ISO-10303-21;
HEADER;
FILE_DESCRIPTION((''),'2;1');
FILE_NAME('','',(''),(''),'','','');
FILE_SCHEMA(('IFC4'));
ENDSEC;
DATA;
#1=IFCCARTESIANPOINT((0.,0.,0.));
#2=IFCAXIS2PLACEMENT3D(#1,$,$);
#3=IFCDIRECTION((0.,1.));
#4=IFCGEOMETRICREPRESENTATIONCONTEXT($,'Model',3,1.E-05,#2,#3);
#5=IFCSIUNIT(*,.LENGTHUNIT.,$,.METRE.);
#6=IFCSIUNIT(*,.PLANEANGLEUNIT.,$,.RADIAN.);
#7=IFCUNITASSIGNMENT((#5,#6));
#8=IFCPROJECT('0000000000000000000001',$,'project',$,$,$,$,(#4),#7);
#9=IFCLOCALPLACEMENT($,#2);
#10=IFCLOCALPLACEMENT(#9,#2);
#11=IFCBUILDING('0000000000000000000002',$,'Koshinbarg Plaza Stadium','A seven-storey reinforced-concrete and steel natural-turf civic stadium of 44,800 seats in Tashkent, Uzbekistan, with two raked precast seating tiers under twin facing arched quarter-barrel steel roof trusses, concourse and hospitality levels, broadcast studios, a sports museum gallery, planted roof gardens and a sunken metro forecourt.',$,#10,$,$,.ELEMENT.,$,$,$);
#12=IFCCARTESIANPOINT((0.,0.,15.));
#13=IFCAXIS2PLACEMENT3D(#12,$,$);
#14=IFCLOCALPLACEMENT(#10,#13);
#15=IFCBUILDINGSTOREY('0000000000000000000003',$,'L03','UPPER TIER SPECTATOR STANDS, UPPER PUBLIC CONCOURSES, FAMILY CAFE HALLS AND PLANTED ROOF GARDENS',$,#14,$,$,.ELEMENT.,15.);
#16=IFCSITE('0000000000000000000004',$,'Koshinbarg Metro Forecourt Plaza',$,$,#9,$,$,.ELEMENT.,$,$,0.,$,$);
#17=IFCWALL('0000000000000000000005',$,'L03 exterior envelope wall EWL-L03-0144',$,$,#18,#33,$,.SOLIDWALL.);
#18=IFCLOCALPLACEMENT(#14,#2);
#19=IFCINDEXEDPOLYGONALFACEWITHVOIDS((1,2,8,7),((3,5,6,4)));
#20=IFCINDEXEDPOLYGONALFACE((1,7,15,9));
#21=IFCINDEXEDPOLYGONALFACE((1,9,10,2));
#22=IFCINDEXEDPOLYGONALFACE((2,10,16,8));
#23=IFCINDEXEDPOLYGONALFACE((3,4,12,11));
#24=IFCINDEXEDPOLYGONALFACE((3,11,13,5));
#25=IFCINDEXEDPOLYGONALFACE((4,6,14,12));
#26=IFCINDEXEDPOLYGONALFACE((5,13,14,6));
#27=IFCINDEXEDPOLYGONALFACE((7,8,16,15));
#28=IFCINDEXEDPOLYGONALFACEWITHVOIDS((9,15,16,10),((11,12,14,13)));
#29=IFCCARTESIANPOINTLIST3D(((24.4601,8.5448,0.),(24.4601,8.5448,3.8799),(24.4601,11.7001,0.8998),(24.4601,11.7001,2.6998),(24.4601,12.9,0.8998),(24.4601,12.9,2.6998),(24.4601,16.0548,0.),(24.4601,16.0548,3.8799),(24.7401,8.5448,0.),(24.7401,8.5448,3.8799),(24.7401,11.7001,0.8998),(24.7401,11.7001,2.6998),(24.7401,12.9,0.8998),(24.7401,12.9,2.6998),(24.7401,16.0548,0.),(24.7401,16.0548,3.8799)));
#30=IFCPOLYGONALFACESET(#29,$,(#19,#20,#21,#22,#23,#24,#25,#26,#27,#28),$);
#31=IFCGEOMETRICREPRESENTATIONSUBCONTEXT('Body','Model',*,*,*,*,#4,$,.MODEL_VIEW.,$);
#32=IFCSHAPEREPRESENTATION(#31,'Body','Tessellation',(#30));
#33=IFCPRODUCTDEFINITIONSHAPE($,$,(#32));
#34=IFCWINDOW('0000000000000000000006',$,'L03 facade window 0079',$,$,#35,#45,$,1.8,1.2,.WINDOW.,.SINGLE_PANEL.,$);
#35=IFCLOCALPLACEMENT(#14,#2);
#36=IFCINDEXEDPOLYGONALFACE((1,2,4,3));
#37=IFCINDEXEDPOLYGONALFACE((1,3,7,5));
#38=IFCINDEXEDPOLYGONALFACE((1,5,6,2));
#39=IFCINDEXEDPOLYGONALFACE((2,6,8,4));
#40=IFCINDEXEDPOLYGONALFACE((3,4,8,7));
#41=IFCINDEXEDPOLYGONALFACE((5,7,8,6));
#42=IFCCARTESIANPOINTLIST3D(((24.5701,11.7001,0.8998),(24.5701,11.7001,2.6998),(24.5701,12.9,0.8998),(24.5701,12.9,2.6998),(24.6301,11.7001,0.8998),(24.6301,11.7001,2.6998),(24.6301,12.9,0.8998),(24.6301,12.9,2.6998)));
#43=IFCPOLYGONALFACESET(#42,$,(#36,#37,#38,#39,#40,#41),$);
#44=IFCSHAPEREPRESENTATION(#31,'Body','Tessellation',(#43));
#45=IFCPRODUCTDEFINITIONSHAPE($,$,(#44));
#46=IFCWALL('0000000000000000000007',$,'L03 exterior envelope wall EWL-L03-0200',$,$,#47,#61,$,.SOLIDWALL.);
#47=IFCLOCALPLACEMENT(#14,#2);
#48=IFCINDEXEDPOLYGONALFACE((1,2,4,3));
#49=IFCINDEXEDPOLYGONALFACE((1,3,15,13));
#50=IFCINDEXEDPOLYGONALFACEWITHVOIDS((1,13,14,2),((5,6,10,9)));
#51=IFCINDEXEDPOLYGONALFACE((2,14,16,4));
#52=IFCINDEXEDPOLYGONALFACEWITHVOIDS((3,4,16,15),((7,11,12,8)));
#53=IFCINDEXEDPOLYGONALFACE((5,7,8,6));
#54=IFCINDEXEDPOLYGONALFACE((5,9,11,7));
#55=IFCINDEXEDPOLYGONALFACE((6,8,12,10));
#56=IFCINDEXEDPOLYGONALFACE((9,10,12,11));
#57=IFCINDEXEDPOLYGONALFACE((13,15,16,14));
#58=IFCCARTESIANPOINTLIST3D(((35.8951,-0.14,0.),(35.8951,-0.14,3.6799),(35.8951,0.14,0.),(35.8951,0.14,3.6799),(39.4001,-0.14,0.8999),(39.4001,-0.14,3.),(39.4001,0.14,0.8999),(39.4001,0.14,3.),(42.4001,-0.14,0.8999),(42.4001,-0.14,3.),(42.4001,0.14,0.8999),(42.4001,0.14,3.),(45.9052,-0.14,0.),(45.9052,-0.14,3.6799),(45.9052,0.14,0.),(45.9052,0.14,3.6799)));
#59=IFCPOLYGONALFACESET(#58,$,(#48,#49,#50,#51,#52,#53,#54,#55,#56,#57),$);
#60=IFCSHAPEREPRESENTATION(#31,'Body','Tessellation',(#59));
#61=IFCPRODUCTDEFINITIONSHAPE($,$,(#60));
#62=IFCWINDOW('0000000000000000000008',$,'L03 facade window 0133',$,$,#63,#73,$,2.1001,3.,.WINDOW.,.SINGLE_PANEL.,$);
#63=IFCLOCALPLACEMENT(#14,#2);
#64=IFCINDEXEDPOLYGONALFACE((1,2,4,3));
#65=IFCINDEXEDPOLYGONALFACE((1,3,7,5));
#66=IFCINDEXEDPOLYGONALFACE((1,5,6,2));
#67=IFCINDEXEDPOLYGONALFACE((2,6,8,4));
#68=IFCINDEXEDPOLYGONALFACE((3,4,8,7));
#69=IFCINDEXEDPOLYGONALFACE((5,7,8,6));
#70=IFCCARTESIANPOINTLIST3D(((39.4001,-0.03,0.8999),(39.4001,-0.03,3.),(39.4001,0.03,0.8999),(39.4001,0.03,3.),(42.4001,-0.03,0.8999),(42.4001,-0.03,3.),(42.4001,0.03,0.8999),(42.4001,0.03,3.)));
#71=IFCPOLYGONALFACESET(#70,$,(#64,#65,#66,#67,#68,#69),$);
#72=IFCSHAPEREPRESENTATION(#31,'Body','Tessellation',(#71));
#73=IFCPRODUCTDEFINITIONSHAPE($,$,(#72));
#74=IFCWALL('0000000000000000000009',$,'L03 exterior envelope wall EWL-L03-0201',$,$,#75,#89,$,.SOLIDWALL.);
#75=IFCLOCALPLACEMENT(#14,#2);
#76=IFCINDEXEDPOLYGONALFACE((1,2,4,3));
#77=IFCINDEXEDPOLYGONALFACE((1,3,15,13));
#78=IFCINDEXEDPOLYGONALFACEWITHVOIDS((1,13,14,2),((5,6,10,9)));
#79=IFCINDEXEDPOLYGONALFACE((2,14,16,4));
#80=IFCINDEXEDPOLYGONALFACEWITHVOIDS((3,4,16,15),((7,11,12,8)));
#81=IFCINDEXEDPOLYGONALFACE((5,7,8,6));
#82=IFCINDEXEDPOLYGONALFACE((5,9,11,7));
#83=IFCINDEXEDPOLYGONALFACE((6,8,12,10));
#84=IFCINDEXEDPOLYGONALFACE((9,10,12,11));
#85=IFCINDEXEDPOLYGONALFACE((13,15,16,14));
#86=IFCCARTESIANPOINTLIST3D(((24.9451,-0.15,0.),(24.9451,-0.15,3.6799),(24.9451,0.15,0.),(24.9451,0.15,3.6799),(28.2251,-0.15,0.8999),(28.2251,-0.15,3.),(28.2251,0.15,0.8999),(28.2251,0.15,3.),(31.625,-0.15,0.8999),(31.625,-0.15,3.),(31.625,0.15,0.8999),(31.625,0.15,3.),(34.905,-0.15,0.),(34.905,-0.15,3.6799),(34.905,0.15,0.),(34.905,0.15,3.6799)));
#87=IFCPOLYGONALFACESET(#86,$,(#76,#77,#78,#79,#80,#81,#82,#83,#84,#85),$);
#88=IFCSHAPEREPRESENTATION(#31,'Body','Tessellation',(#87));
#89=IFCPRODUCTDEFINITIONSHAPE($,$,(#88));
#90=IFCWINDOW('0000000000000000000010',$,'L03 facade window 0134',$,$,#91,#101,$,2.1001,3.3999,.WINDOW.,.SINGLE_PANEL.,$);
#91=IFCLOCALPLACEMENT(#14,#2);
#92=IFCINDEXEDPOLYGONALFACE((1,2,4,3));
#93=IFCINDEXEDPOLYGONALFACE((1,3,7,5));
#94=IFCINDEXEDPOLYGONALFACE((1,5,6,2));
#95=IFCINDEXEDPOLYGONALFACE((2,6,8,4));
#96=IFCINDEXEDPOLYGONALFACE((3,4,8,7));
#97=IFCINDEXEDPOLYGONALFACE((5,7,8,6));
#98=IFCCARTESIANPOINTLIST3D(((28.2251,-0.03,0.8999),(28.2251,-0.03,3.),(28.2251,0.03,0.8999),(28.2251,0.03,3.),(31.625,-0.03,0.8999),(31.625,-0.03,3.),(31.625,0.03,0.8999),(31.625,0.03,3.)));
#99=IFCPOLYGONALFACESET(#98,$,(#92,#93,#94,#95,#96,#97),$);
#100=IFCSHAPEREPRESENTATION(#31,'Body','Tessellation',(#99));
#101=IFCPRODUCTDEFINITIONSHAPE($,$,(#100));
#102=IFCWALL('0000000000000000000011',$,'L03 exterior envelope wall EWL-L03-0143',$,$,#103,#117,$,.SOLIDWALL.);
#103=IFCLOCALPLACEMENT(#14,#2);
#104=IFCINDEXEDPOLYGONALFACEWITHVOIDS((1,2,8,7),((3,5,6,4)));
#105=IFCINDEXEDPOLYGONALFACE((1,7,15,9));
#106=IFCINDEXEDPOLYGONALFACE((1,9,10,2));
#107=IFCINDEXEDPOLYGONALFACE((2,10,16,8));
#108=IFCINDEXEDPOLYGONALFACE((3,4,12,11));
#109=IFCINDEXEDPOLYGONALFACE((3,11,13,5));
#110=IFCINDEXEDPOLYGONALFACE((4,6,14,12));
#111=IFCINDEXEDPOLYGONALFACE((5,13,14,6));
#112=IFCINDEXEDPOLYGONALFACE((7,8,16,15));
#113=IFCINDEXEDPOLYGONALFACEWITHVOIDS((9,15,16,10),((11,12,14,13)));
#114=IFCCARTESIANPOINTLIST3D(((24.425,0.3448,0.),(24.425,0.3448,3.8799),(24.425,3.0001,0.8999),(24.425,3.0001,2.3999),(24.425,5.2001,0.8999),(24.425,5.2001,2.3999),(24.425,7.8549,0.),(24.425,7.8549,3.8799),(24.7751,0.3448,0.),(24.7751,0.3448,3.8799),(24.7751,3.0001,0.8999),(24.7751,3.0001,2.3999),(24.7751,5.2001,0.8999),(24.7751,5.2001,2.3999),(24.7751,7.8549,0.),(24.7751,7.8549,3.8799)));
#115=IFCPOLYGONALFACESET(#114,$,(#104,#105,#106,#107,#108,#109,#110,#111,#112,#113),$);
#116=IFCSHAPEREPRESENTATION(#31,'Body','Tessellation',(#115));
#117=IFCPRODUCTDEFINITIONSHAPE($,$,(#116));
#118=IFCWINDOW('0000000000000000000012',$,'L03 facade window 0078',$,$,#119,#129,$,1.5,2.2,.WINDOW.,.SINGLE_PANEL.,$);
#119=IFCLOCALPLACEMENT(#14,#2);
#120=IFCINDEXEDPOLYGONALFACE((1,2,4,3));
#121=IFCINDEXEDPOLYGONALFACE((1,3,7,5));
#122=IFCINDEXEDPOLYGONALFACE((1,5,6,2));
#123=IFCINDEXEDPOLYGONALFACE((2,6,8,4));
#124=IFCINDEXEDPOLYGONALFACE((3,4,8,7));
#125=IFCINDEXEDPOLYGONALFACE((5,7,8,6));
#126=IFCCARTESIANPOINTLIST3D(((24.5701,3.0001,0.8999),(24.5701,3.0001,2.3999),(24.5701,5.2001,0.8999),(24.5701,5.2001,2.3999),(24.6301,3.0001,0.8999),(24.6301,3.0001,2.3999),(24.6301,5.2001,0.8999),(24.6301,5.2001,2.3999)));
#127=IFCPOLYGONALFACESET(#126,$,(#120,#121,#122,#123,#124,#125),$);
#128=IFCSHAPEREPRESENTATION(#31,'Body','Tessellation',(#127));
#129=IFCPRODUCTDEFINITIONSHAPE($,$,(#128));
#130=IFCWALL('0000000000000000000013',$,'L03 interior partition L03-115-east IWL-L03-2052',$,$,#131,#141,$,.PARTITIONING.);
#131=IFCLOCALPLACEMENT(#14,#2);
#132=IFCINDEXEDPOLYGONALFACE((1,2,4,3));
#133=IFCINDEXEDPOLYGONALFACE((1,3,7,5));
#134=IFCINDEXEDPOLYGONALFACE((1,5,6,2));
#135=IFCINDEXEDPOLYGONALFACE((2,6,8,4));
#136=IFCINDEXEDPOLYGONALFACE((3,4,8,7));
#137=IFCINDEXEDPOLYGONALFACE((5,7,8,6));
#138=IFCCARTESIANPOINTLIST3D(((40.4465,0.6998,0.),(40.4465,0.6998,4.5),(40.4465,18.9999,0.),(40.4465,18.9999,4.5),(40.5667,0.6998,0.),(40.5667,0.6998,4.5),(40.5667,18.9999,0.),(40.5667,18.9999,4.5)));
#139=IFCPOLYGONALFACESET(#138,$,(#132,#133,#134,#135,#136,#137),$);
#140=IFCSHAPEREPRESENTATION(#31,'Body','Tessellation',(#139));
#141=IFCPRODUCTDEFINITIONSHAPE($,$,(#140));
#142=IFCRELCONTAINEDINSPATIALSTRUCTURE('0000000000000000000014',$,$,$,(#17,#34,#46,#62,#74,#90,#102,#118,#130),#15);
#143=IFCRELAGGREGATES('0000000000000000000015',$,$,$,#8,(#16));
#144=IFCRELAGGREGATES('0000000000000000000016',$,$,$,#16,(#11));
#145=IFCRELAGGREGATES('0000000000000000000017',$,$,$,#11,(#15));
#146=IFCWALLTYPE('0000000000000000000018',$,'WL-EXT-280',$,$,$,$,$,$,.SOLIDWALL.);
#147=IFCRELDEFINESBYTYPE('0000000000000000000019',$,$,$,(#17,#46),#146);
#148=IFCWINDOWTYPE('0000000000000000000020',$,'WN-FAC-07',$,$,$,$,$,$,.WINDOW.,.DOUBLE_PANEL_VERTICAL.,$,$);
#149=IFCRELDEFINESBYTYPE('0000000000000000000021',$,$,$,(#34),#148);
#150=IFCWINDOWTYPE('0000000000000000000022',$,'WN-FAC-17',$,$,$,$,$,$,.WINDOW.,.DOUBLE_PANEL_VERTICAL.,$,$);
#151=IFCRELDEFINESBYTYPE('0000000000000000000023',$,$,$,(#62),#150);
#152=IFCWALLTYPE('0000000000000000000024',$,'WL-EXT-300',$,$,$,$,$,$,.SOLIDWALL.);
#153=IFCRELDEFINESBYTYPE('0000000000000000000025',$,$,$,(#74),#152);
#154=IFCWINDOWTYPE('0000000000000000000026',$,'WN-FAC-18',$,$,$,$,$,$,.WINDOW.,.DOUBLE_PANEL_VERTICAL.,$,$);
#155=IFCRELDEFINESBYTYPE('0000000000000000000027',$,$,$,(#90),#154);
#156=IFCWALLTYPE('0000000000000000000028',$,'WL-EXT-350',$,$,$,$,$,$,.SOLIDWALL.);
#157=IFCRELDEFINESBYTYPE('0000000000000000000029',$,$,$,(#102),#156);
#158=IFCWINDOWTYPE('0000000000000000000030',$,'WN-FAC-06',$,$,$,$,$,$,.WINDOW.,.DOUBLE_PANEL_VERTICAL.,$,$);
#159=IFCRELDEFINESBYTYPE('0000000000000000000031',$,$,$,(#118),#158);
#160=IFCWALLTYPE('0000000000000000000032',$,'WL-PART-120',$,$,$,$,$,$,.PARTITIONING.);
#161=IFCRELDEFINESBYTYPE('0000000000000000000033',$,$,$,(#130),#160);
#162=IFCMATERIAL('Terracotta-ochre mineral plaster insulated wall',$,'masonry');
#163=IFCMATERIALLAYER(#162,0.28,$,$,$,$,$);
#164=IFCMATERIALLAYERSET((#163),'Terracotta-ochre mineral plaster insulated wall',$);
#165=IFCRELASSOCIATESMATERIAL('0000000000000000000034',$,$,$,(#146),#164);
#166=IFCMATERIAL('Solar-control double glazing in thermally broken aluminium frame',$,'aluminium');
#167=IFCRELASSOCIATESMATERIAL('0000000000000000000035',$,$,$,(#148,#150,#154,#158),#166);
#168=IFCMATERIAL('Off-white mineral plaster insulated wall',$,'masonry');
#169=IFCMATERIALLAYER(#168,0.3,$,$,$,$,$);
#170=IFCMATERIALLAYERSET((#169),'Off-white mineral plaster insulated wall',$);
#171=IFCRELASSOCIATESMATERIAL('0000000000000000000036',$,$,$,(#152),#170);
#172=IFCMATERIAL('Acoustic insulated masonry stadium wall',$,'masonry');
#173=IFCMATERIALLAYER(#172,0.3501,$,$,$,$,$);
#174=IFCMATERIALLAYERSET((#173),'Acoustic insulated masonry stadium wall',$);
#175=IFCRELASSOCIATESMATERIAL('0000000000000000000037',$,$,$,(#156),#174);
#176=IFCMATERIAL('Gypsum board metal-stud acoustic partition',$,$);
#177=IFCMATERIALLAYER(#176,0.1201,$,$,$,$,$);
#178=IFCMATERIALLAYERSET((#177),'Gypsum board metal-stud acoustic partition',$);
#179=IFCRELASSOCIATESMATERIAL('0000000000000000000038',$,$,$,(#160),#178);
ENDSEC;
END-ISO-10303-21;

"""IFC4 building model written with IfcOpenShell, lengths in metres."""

from ifc_helpers import new_model, si_unit, direction, frame, frame_2d, origin, place, context, subcontext, project, spatial, rectangle, extrude, material, layer, layer_set, type_object, element, fill, save


model = new_model("IFC4")

# Units and contexts
model_context = context("Model", 3, precision=1e-05, world=origin(), true_north=direction((0.0, 1.0)))
body_context = subcontext(model_context, "Body", "Model", "MODEL_VIEW")
ifc_project = project(units=[si_unit("LENGTHUNIT", "METRE"), si_unit("PLANEANGLEUNIT", "RADIAN")], contexts=[model_context])

# Site, building, storey
site_placement = place(None, origin())
site = spatial("IfcSite", under=ifc_project, at=site_placement, Name="Koshinbarg Metro Forecourt Plaza", CompositionType="ELEMENT", RefElevation=0.0)
building_placement = place(site_placement, origin())
building = spatial("IfcBuilding", under=site, at=building_placement, Name="Koshinbarg Plaza Stadium", Description="A seven-storey reinforced-concrete and steel natural-turf civic stadium of 44,800 seats in Tashkent, Uzbekistan, with two raked precast seating tiers under twin facing arched quarter-barrel steel roof trusses, concourse and hospitality levels, broadcast studios, a sports museum gallery, planted roof gardens and a sunken metro forecourt.", CompositionType="ELEMENT")
storey_placement = place(building_placement, frame((0.0, 0.0, 15.0)))
storey = spatial("IfcBuildingStorey", under=building, at=storey_placement, Name="L03", Description="UPPER TIER SPECTATOR STANDS, UPPER PUBLIC CONCOURSES, FAMILY CAFE HALLS AND PLANTED ROOF GARDENS", CompositionType="ELEMENT", Elevation=15.0)

# Walls, openings, windows
ifc_material_1 = material(Name="Terracotta-ochre mineral plaster insulated wall", Category="masonry")
ifc_layer_1 = layer(ifc_material_1, 0.28)
ifc_layer_set_1 = layer_set([ifc_layer_1], Name="Terracotta-ochre mineral plaster insulated wall")
wall_type_1 = type_object("IfcWallType", Name="WL-EXT-280", PredefinedType="SOLIDWALL", material=ifc_layer_set_1)
wall_1_placement = place(storey_placement, frame((24.6001, 8.5449, 0.0), z_axis=(0.0, 0.0, 1.0), x_axis=(0.0, 1.0, 0.0)))
wall_1 = element("IfcWall", 1, at=wall_1_placement, inside=storey, type_object=wall_type_1, Name="L03 exterior envelope wall EWL-L03-0144", PredefinedType="SOLIDWALL", context=body_context, shape_type="SweptSolid", body=[
    extrude(rectangle(XDim=7.51, YDim=0.28, at=frame_2d((3.7549, 0.0))), origin(), (0.0, 0.0, 1.0), 3.8799),
])
opening_1_placement = place(wall_1_placement, frame((3.155, 0.0, 0.8999)))
opening_1 = element("IfcOpeningElement", 2, at=opening_1_placement, cuts=wall_1, PredefinedType="OPENING", context=body_context, shape_type="SweptSolid", body=[
    extrude(rectangle(XDim=1.2, YDim=1.8, at=frame_2d((0.6001, 0.8999))), frame((0.0, 0.1499, 0.0), z_axis=(0.0, -1.0, 0.0), x_axis=(1.0, 0.0, 0.0)), (0.0, 0.0, 1.0), 0.3),
])
ifc_material_2 = material(Name="Solar-control double glazing in thermally broken aluminium frame", Category="aluminium")
window_type_1 = type_object("IfcWindowType", Name="WN-FAC-07", PartitioningType="DOUBLE_PANEL_VERTICAL", PredefinedType="WINDOW", material=ifc_material_2)
window_1_placement = place(opening_1_placement, origin())
window_1 = element("IfcWindow", 3, at=window_1_placement, inside=storey, type_object=window_type_1, Name="L03 facade window 0079", OverallHeight=1.8, OverallWidth=1.2, PartitioningType="SINGLE_PANEL", PredefinedType="WINDOW", context=body_context, shape_type="SweptSolid", body=[
    extrude(rectangle(XDim=1.2, YDim=1.8, at=frame_2d((0.6001, 0.8999))), frame((0.0, 0.03, 0.0), z_axis=(0.0, -1.0, 0.0), x_axis=(1.0, 0.0, 0.0)), (0.0, 0.0, 1.0), 0.0601),
])
fill(opening_1, window_1)
wall_2_placement = place(storey_placement, frame((45.905, 0.0, 0.0), z_axis=(0.0, 0.0, 1.0), x_axis=(-1.0, 0.0, 0.0)))
wall_2 = element("IfcWall", 4, at=wall_2_placement, inside=storey, type_object=wall_type_1, Name="L03 exterior envelope wall EWL-L03-0200", PredefinedType="SOLIDWALL", context=body_context, shape_type="SweptSolid", body=[
    extrude(rectangle(XDim=10.01, YDim=0.28, at=frame_2d((5.0049, 0.0))), origin(), (0.0, 0.0, 1.0), 3.6799),
])
opening_2_placement = place(wall_2_placement, frame((3.5049, 0.0, 0.8999)))
opening_2 = element("IfcOpeningElement", 5, at=opening_2_placement, cuts=wall_2, PredefinedType="OPENING", context=body_context, shape_type="SweptSolid", body=[
    extrude(rectangle(XDim=3.0, YDim=2.1001, at=frame_2d((1.5, 1.05))), frame((0.0, 0.1499, 0.0), z_axis=(0.0, -1.0, 0.0), x_axis=(1.0, 0.0, 0.0)), (0.0, 0.0, 1.0), 0.3),
])
window_type_2 = type_object("IfcWindowType", Name="WN-FAC-17", PartitioningType="DOUBLE_PANEL_VERTICAL", PredefinedType="WINDOW", material=ifc_material_2)
window_2_placement = place(opening_2_placement, origin())
window_2 = element("IfcWindow", 6, at=window_2_placement, inside=storey, type_object=window_type_2, Name="L03 facade window 0133", OverallHeight=2.1001, OverallWidth=3.0, PartitioningType="SINGLE_PANEL", PredefinedType="WINDOW", context=body_context, shape_type="SweptSolid", body=[
    extrude(rectangle(XDim=3.0, YDim=2.1001, at=frame_2d((1.5, 1.05))), frame((0.0, 0.03, 0.0), z_axis=(0.0, -1.0, 0.0), x_axis=(1.0, 0.0, 0.0)), (0.0, 0.0, 1.0), 0.0601),
])
fill(opening_2, window_2)
ifc_material_3 = material(Name="Off-white mineral plaster insulated wall", Category="masonry")
ifc_layer_2 = layer(ifc_material_3, 0.3)
ifc_layer_set_2 = layer_set([ifc_layer_2], Name="Off-white mineral plaster insulated wall")
wall_type_2 = type_object("IfcWallType", Name="WL-EXT-300", PredefinedType="SOLIDWALL", material=ifc_layer_set_2)
wall_3_placement = place(storey_placement, frame((34.905, 0.0, 0.0), z_axis=(0.0, 0.0, 1.0), x_axis=(-1.0, 0.0, 0.0)))
wall_3 = element("IfcWall", 7, at=wall_3_placement, inside=storey, type_object=wall_type_2, Name="L03 exterior envelope wall EWL-L03-0201", PredefinedType="SOLIDWALL", context=body_context, shape_type="SweptSolid", body=[
    extrude(rectangle(XDim=9.96, YDim=0.3, at=frame_2d((4.98, 0.0))), origin(), (0.0, 0.0, 1.0), 3.6799),
])
opening_3_placement = place(wall_3_placement, frame((3.28, 0.0, 0.8999)))
opening_3 = element("IfcOpeningElement", 8, at=opening_3_placement, cuts=wall_3, PredefinedType="OPENING", context=body_context, shape_type="SweptSolid", body=[
    extrude(rectangle(XDim=3.3999, YDim=2.1001, at=frame_2d((1.7, 1.05))), frame((0.0, 0.1599, 0.0), z_axis=(0.0, -1.0, 0.0), x_axis=(1.0, 0.0, 0.0)), (0.0, 0.0, 1.0), 0.3201),
])
window_type_3 = type_object("IfcWindowType", Name="WN-FAC-18", PartitioningType="DOUBLE_PANEL_VERTICAL", PredefinedType="WINDOW", material=ifc_material_2)
window_3_placement = place(opening_3_placement, origin())
window_3 = element("IfcWindow", 9, at=window_3_placement, inside=storey, type_object=window_type_3, Name="L03 facade window 0134", OverallHeight=2.1001, OverallWidth=3.3999, PartitioningType="SINGLE_PANEL", PredefinedType="WINDOW", context=body_context, shape_type="SweptSolid", body=[
    extrude(rectangle(XDim=3.3999, YDim=2.1001, at=frame_2d((1.7, 1.05))), frame((0.0, 0.03, 0.0), z_axis=(0.0, -1.0, 0.0), x_axis=(1.0, 0.0, 0.0)), (0.0, 0.0, 1.0), 0.0601),
])
fill(opening_3, window_3)
ifc_material_4 = material(Name="Acoustic insulated masonry stadium wall", Category="masonry")
ifc_layer_3 = layer(ifc_material_4, 0.3501)
ifc_layer_set_3 = layer_set([ifc_layer_3], Name="Acoustic insulated masonry stadium wall")
wall_type_3 = type_object("IfcWallType", Name="WL-EXT-350", PredefinedType="SOLIDWALL", material=ifc_layer_set_3)
wall_4_placement = place(storey_placement, frame((24.6001, 0.345, 0.0), z_axis=(0.0, 0.0, 1.0), x_axis=(0.0, 1.0, 0.0)))
wall_4 = element("IfcWall", 10, at=wall_4_placement, inside=storey, type_object=wall_type_3, Name="L03 exterior envelope wall EWL-L03-0143", PredefinedType="SOLIDWALL", context=body_context, shape_type="SweptSolid", body=[
    extrude(rectangle(XDim=7.51, YDim=0.3501, at=frame_2d((3.7549, 0.0))), origin(), (0.0, 0.0, 1.0), 3.8799),
])
opening_4_placement = place(wall_4_placement, frame((2.655, 0.0, 0.8999)))
opening_4 = element("IfcOpeningElement", 11, at=opening_4_placement, cuts=wall_4, PredefinedType="OPENING", context=body_context, shape_type="SweptSolid", body=[
    extrude(rectangle(XDim=2.2, YDim=1.5, at=frame_2d((1.1001, 0.75))), frame((0.0, 0.1851, 0.0), z_axis=(0.0, -1.0, 0.0), x_axis=(1.0, 0.0, 0.0)), (0.0, 0.0, 1.0), 0.3701),
])
window_type_4 = type_object("IfcWindowType", Name="WN-FAC-06", PartitioningType="DOUBLE_PANEL_VERTICAL", PredefinedType="WINDOW", material=ifc_material_2)
window_4_placement = place(opening_4_placement, origin())
window_4 = element("IfcWindow", 12, at=window_4_placement, inside=storey, type_object=window_type_4, Name="L03 facade window 0078", OverallHeight=1.5, OverallWidth=2.2, PartitioningType="SINGLE_PANEL", PredefinedType="WINDOW", context=body_context, shape_type="SweptSolid", body=[
    extrude(rectangle(XDim=2.2, YDim=1.5, at=frame_2d((1.1001, 0.75))), frame((0.0, 0.03, 0.0), z_axis=(0.0, -1.0, 0.0), x_axis=(1.0, 0.0, 0.0)), (0.0, 0.0, 1.0), 0.0601),
])
fill(opening_4, window_4)

# Wall
ifc_material_5 = material(Name="Gypsum board metal-stud acoustic partition")
ifc_layer_4 = layer(ifc_material_5, 0.1201)
ifc_layer_set_4 = layer_set([ifc_layer_4], Name="Gypsum board metal-stud acoustic partition")
wall_type_4 = type_object("IfcWallType", Name="WL-PART-120", PredefinedType="PARTITIONING", material=ifc_layer_set_4)
wall_5_placement = place(storey_placement, frame((40.5066, 0.7, 0.0), z_axis=(0.0, 0.0, 1.0), x_axis=(0.0, 1.0, 0.0)))
element("IfcWall", 13, at=wall_5_placement, inside=storey, type_object=wall_type_4, Name="L03 interior partition L03-115-east IWL-L03-2052", PredefinedType="PARTITIONING", context=body_context, shape_type="SweptSolid", body=[
    extrude(rectangle(XDim=18.3, YDim=0.1201, at=frame_2d((9.1499, 0.0))), origin(), (0.0, 0.0, 1.0), 4.5),
])

save(model, "model.ifc")
